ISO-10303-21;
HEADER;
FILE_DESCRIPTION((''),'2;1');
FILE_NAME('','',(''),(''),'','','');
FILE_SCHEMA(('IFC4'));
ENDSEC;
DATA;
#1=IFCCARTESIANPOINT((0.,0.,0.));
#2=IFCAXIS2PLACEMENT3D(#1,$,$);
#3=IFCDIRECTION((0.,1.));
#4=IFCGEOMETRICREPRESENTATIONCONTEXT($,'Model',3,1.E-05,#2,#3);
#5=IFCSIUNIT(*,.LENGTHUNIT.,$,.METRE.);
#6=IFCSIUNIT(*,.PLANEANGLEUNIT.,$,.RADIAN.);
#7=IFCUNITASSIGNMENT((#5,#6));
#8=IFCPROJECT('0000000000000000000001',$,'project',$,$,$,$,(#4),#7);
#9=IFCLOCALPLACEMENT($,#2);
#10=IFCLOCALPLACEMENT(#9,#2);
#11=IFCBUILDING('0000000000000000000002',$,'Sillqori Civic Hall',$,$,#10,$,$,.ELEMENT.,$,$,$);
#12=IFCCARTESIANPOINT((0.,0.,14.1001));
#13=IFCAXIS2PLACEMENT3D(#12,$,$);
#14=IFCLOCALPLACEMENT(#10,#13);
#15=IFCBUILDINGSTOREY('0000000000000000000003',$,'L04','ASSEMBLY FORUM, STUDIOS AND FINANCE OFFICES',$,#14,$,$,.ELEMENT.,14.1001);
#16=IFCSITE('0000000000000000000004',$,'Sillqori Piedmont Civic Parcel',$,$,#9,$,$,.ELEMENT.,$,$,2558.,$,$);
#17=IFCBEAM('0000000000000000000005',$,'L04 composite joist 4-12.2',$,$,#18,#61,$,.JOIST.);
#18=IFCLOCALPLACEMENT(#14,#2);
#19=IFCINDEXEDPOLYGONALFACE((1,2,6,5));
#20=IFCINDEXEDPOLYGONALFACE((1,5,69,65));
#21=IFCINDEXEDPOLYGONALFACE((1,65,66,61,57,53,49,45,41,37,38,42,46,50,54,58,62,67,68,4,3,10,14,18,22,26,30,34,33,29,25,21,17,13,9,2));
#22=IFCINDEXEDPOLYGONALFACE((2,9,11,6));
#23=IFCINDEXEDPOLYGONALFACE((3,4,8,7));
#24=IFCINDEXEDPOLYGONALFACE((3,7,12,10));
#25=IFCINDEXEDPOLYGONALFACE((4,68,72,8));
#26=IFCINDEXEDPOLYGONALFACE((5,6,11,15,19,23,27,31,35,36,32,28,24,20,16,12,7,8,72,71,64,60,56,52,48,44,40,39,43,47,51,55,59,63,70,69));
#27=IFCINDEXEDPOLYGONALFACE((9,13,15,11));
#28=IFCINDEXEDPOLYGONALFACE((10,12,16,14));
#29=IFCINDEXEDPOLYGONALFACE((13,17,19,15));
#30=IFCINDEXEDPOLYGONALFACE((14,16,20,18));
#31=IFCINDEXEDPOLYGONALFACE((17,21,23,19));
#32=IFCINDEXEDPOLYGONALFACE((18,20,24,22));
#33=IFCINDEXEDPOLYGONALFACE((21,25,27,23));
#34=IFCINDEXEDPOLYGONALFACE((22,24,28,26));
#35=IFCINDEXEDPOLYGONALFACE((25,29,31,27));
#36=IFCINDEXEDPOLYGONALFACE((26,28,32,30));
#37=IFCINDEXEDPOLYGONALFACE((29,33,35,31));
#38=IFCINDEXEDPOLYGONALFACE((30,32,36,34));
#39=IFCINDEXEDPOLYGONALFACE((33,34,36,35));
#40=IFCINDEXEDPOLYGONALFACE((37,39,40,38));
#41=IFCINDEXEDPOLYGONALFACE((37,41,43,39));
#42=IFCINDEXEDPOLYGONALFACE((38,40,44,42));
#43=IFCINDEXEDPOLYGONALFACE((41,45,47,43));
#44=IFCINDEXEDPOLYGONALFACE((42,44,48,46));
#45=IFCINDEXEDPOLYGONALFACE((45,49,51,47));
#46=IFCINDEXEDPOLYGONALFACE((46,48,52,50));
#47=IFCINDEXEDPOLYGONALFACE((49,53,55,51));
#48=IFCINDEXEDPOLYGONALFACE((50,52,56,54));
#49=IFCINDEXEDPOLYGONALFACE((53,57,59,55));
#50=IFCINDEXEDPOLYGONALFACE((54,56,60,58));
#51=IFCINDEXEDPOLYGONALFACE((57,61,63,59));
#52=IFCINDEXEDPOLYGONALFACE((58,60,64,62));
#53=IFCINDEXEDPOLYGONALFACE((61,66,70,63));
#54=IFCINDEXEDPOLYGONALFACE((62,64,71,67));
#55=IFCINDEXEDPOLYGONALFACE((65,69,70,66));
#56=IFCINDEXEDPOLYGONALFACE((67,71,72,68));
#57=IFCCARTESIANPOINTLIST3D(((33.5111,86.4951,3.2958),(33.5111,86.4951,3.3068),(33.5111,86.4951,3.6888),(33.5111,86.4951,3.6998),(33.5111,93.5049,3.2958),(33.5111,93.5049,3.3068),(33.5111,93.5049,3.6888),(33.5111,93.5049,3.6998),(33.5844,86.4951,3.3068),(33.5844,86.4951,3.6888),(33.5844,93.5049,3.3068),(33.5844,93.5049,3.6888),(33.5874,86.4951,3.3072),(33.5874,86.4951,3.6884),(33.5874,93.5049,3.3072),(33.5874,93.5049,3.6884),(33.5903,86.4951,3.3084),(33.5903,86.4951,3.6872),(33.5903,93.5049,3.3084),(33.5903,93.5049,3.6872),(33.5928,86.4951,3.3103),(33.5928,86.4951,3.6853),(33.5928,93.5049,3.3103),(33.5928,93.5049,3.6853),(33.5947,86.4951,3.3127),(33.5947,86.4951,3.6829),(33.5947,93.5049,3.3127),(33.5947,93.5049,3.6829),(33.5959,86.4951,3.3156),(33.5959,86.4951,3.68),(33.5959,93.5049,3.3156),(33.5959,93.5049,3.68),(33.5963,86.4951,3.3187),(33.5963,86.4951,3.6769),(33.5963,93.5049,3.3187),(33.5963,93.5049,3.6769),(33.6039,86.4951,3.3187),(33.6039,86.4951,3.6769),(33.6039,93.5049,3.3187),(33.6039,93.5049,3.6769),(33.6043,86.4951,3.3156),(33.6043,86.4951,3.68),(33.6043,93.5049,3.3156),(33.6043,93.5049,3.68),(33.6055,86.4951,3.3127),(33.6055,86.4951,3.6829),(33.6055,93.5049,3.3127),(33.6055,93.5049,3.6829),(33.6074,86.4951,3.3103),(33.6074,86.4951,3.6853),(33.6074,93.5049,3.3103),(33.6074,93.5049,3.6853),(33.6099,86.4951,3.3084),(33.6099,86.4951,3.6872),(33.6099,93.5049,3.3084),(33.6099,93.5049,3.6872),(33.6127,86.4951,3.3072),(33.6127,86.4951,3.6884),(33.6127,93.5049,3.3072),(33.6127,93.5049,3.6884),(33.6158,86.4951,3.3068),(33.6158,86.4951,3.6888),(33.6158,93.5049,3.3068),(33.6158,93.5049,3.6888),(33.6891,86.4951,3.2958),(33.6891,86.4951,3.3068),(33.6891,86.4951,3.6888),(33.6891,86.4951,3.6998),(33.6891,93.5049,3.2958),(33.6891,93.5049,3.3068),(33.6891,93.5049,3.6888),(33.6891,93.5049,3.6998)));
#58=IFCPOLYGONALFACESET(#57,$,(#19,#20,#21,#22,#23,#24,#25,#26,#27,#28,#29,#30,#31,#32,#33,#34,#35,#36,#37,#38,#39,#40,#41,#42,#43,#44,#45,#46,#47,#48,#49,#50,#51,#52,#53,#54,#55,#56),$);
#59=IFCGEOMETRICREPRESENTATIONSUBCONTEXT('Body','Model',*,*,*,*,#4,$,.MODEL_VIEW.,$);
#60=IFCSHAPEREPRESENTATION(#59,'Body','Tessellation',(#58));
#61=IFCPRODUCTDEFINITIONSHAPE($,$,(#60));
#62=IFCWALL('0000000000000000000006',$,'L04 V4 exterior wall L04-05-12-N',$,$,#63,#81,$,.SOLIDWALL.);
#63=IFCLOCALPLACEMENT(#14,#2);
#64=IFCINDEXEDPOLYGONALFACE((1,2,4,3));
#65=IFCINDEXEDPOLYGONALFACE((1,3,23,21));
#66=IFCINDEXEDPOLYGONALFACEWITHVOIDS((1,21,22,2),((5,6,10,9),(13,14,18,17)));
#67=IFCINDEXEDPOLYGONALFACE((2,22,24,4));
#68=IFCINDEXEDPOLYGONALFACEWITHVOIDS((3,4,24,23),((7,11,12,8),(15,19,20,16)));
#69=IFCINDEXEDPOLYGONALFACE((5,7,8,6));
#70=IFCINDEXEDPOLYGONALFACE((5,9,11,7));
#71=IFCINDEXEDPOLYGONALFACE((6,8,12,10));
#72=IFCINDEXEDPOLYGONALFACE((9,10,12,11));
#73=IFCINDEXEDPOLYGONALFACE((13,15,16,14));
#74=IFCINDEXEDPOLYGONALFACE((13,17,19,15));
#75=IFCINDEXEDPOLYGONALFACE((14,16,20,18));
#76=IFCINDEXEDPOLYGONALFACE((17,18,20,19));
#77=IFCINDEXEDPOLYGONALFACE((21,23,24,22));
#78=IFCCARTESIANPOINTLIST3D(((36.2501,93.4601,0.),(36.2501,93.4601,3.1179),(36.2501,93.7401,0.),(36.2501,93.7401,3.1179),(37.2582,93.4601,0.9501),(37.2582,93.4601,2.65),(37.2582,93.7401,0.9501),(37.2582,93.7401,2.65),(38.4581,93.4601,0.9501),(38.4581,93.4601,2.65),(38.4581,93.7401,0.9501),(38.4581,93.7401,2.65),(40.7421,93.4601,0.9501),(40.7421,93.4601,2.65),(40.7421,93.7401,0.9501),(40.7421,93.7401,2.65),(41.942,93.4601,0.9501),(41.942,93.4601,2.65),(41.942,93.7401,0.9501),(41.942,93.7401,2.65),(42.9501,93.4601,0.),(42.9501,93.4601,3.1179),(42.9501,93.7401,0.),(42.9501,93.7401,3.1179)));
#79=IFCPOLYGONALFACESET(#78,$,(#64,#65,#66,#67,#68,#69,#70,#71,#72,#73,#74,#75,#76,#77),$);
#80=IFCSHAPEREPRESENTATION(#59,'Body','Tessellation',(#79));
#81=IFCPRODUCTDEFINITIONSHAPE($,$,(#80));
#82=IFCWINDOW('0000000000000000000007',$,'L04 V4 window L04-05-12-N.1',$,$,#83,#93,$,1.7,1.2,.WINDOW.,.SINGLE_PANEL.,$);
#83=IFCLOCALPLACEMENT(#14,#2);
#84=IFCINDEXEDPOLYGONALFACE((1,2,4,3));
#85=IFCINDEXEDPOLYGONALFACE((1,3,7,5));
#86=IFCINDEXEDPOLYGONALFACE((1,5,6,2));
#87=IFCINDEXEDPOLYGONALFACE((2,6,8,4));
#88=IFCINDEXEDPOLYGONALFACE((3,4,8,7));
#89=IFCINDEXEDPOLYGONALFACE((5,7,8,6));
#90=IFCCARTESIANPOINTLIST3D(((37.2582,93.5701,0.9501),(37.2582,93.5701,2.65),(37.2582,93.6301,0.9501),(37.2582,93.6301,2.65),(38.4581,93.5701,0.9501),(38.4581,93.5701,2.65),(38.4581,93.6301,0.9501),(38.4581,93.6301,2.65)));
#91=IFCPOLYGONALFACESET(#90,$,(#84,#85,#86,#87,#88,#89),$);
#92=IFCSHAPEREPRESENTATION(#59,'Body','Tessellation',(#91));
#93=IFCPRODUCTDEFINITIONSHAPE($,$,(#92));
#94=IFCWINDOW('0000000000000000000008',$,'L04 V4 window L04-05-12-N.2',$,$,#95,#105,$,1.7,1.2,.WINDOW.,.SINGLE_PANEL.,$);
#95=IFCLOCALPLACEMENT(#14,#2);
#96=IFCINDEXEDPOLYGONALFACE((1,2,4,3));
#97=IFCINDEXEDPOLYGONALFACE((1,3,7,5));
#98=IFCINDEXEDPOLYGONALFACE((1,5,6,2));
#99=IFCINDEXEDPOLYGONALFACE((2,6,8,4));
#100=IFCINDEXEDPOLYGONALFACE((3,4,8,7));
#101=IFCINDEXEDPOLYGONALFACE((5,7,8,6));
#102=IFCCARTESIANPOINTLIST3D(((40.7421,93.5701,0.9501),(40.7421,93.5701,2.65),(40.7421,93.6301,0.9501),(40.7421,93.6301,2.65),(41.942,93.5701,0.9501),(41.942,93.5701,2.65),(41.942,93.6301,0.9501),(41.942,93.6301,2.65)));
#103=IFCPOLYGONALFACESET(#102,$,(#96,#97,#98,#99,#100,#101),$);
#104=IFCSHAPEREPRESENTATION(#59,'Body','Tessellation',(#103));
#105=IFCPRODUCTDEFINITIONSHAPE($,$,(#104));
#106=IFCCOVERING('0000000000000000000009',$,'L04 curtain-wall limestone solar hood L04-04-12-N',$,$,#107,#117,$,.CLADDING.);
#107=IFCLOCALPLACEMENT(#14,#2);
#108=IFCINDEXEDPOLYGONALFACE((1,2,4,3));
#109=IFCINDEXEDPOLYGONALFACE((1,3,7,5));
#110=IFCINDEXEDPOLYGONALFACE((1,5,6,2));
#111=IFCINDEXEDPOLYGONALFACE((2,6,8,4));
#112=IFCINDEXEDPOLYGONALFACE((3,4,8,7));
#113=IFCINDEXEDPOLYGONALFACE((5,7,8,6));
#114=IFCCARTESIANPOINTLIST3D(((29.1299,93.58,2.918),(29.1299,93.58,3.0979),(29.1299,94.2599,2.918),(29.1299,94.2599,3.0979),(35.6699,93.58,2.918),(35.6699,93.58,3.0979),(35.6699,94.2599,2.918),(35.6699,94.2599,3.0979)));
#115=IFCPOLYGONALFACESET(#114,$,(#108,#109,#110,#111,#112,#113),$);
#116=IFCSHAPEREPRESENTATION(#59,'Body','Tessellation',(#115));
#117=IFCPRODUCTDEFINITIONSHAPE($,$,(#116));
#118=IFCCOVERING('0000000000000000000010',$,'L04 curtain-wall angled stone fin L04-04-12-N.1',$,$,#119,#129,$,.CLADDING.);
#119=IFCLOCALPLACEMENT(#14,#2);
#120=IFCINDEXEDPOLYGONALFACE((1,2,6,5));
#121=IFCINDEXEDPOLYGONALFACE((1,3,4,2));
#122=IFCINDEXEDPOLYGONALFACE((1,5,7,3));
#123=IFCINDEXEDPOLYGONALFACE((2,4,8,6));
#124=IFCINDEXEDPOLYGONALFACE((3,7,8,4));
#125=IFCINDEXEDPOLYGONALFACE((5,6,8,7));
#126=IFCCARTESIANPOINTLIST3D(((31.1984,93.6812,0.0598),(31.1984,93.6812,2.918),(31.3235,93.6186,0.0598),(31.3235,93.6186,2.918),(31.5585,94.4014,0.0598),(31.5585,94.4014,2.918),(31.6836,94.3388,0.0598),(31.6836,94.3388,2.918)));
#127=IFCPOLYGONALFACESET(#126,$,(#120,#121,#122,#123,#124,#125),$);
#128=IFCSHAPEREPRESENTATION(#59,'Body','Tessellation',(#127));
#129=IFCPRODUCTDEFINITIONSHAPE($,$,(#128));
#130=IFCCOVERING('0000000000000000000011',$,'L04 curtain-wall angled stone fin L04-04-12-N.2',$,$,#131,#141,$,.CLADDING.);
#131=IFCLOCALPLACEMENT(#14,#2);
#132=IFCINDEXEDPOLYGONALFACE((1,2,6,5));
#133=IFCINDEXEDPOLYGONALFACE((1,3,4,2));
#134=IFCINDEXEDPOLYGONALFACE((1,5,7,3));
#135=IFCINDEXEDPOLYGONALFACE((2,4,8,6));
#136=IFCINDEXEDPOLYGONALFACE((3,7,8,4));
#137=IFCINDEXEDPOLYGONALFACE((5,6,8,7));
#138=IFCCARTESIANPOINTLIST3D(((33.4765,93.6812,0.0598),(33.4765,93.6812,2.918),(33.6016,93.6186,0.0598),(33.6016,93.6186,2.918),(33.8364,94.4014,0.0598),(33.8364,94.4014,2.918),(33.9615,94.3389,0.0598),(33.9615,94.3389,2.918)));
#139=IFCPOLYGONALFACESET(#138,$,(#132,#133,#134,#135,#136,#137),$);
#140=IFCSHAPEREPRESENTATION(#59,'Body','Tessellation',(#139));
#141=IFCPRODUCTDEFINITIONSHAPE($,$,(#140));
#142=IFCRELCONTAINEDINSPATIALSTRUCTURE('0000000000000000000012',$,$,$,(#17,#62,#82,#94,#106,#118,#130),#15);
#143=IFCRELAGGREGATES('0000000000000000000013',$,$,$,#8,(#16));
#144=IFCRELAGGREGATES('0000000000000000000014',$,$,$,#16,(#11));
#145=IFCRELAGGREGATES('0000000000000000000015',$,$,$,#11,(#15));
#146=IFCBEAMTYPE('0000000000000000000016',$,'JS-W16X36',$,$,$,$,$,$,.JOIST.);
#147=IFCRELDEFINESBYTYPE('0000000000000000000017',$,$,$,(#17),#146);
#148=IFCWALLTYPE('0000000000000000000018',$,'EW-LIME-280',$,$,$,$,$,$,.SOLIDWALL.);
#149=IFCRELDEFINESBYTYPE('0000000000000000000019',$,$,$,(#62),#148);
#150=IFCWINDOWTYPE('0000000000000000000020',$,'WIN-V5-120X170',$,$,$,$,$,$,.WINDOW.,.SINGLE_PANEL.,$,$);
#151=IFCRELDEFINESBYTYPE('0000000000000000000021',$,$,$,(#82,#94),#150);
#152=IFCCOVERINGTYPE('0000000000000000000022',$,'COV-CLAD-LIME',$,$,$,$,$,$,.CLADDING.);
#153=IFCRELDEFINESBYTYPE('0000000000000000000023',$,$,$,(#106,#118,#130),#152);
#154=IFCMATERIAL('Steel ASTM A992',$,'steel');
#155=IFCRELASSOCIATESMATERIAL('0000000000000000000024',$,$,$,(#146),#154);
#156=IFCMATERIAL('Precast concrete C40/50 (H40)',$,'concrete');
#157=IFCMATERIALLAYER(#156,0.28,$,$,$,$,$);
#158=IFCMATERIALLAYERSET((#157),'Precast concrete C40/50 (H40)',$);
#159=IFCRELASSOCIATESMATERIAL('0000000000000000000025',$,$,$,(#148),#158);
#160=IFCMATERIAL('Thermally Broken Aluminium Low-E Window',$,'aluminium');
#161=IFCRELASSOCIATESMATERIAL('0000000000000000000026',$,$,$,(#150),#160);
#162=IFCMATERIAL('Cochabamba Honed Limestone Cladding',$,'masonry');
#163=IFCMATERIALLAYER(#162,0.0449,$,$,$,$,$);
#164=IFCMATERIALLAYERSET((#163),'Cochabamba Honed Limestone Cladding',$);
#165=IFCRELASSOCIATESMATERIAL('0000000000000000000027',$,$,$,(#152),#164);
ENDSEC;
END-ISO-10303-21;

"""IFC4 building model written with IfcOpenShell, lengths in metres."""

from ifc_helpers import new_model, si_unit, direction, frame, frame_2d, origin, origin_2d, place, context, subcontext, project, spatial, rectangle, i_section, extrude, material, layer, layer_set, material_profile, profile_set, type_object, element, fill, save


model = new_model("IFC4")

# Units and contexts
model_context = context("Model", 3, precision=1e-05, world=origin(), true_north=direction((0.0, 1.0)))
body_context = subcontext(model_context, "Body", "Model", "MODEL_VIEW")
ifc_project = project(units=[si_unit("LENGTHUNIT", "METRE"), si_unit("PLANEANGLEUNIT", "RADIAN")], contexts=[model_context])

# Site, building, storey
site_placement = place(None, origin())
site = spatial("IfcSite", under=ifc_project, at=site_placement, Name="Sillqori Piedmont Civic Parcel", CompositionType="ELEMENT", RefElevation=2558.0)
building_placement = place(site_placement, origin())
building = spatial("IfcBuilding", under=site, at=building_placement, Name="Sillqori Civic Hall", CompositionType="ELEMENT")
storey_placement = place(building_placement, frame((0.0, 0.0, 14.1001)))
storey = spatial("IfcBuildingStorey", under=building, at=storey_placement, Name="L04", Description="ASSEMBLY FORUM, STUDIOS AND FINANCE OFFICES", CompositionType="ELEMENT", Elevation=14.1001)

# Shared definitions
ifc_material_1 = material(Name="Steel ASTM A992", Category="steel")

# Beam
ifc_material_profile_1 = material_profile(ifc_material_1, i_section(OverallWidth=0.178, OverallDepth=0.4041, WebThickness=0.0076, FlangeThickness=0.011, FilletRadius=0.012, at=origin_2d()), Name="W16X36")
ifc_profile_set_1 = profile_set([ifc_material_profile_1], Name="Steel ASTM A992")
beam_type_1 = type_object("IfcBeamType", Name="JS-W16X36", PredefinedType="JOIST", material=ifc_profile_set_1)
for number, where, z_axis, x_axis, name in (
    (1, (33.6001, 86.4951, 3.4978), (0.0, 1.0, 0.0), (-1.0, 0.0, 0.0), "L04 composite joist 4-12.2"),
):
    element("IfcBeam", number, at=place(storey_placement, frame(where, z_axis=z_axis, x_axis=x_axis)), inside=storey, type_object=beam_type_1, Name=name, PredefinedType="JOIST", context=body_context, shape_type="SweptSolid", body=[
        extrude(i_section(OverallWidth=0.178, OverallDepth=0.4041, WebThickness=0.0076, FlangeThickness=0.011, FilletRadius=0.012, at=origin_2d()), origin(), (0.0, 0.0, 1.0), 7.0098),
    ])

# Wall, openings, windows
ifc_material_2 = material(Name="Precast concrete C40/50 (H40)", Category="concrete")
ifc_layer_1 = layer(ifc_material_2, 0.28)
ifc_layer_set_1 = layer_set([ifc_layer_1], Name="Precast concrete C40/50 (H40)")
wall_type = type_object("IfcWallType", Name="EW-LIME-280", PredefinedType="SOLIDWALL", material=ifc_layer_set_1)
wall_placement = place(storey_placement, frame((36.25, 93.6001, 0.0), z_axis=(0.0, 0.0, 1.0), x_axis=(1.0, 0.0, 0.0)))
wall = element("IfcWall", 2, at=wall_placement, inside=storey, type_object=wall_type, Name="L04 V4 exterior wall L04-05-12-N", PredefinedType="SOLIDWALL", context=body_context, shape_type="SweptSolid", body=[
    extrude(rectangle(XDim=6.7, YDim=0.28, at=frame_2d((3.3501, 0.0))), origin(), (0.0, 0.0, 1.0), 3.1179),
])
opening_1_placement = place(wall_placement, frame((1.0081, 0.0, 0.95)))
opening_1 = element("IfcOpeningElement", 3, at=opening_1_placement, cuts=wall, PredefinedType="OPENING", context=body_context, shape_type="SweptSolid", body=[
    extrude(rectangle(XDim=1.2, YDim=1.7, at=frame_2d((0.6001, 0.8501))), frame((0.0, 0.1499, 0.0), z_axis=(0.0, -1.0, 0.0), x_axis=(1.0, 0.0, 0.0)), (0.0, 0.0, 1.0), 0.3),
])
opening_2_placement = place(wall_placement, frame((4.4919, 0.0, 0.95)))
opening_2 = element("IfcOpeningElement", 4, at=opening_2_placement, cuts=wall, PredefinedType="OPENING", context=body_context, shape_type="SweptSolid", body=[
    extrude(rectangle(XDim=1.2, YDim=1.7, at=frame_2d((0.6001, 0.8501))), frame((0.0, 0.1499, 0.0), z_axis=(0.0, -1.0, 0.0), x_axis=(1.0, 0.0, 0.0)), (0.0, 0.0, 1.0), 0.3),
])
ifc_material_3 = material(Name="Thermally Broken Aluminium Low-E Window", Category="aluminium")
window_type = type_object("IfcWindowType", Name="WIN-V5-120X170", PartitioningType="SINGLE_PANEL", PredefinedType="WINDOW", material=ifc_material_3)
window_1_placement = place(opening_1_placement, origin())
window_1 = element("IfcWindow", 5, at=window_1_placement, inside=storey, type_object=window_type, Name="L04 V4 window L04-05-12-N.1", OverallHeight=1.7, OverallWidth=1.2, PartitioningType="SINGLE_PANEL", PredefinedType="WINDOW", context=body_context, shape_type="SweptSolid", body=[
    extrude(rectangle(XDim=1.2, YDim=1.7, at=frame_2d((0.6001, 0.8501))), frame((0.0, 0.03, 0.0), z_axis=(0.0, -1.0, 0.0), x_axis=(1.0, 0.0, 0.0)), (0.0, 0.0, 1.0), 0.0601),
])
fill(opening_1, window_1)
window_2_placement = place(opening_2_placement, origin())
window_2 = element("IfcWindow", 6, at=window_2_placement, inside=storey, type_object=window_type, Name="L04 V4 window L04-05-12-N.2", OverallHeight=1.7, OverallWidth=1.2, PartitioningType="SINGLE_PANEL", PredefinedType="WINDOW", context=body_context, shape_type="SweptSolid", body=[
    extrude(rectangle(XDim=1.2, YDim=1.7, at=frame_2d((0.6001, 0.8501))), frame((0.0, 0.03, 0.0), z_axis=(0.0, -1.0, 0.0), x_axis=(1.0, 0.0, 0.0)), (0.0, 0.0, 1.0), 0.0601),
])
fill(opening_2, window_2)

# Coverings
ifc_material_4 = material(Name="Cochabamba Honed Limestone Cladding", Category="masonry")
ifc_layer_2 = layer(ifc_material_4, 0.0449)
ifc_layer_set_2 = layer_set([ifc_layer_2], Name="Cochabamba Honed Limestone Cladding")
covering_type = type_object("IfcCoveringType", Name="COV-CLAD-LIME", PredefinedType="CLADDING", material=ifc_layer_set_2)
covering_placement = place(storey_placement, frame((29.1299, 93.9199, 2.918), z_axis=(0.0, 0.0, 1.0), x_axis=(1.0, 0.0, 0.0)))
element("IfcCovering", 7, at=covering_placement, inside=storey, type_object=covering_type, Name="L04 curtain-wall limestone solar hood L04-04-12-N", PredefinedType="CLADDING", context=body_context, shape_type="SweptSolid", body=[
    extrude(rectangle(XDim=6.54, YDim=0.6799, at=frame_2d((3.27, 0.0))), origin(), (0.0, 0.0, 1.0), 0.1799),
])
for number, where, z_axis, x_axis, name in (
    (8, (31.261, 93.6499, 0.0598), (0.0, 0.0, 1.0), (0.447214, 0.894427, 0.0), "L04 curtain-wall angled stone fin L04-04-12-N.1"),
    (9, (33.5391, 93.6499, 0.0598), (0.0, 0.0, 1.0), (0.446971, 0.894548, 0.0), "L04 curtain-wall angled stone fin L04-04-12-N.2"),
):
    element("IfcCovering", number, at=place(storey_placement, frame(where, z_axis=z_axis, x_axis=x_axis)), inside=storey, type_object=covering_type, Name=name, PredefinedType="CLADDING", context=body_context, shape_type="SweptSolid", body=[
        extrude(rectangle(XDim=0.8052, YDim=0.1399, at=frame_2d((0.4026, 0.0))), origin(), (0.0, 0.0, 1.0), 2.8582),
    ])

save(model, "model.ifc")
